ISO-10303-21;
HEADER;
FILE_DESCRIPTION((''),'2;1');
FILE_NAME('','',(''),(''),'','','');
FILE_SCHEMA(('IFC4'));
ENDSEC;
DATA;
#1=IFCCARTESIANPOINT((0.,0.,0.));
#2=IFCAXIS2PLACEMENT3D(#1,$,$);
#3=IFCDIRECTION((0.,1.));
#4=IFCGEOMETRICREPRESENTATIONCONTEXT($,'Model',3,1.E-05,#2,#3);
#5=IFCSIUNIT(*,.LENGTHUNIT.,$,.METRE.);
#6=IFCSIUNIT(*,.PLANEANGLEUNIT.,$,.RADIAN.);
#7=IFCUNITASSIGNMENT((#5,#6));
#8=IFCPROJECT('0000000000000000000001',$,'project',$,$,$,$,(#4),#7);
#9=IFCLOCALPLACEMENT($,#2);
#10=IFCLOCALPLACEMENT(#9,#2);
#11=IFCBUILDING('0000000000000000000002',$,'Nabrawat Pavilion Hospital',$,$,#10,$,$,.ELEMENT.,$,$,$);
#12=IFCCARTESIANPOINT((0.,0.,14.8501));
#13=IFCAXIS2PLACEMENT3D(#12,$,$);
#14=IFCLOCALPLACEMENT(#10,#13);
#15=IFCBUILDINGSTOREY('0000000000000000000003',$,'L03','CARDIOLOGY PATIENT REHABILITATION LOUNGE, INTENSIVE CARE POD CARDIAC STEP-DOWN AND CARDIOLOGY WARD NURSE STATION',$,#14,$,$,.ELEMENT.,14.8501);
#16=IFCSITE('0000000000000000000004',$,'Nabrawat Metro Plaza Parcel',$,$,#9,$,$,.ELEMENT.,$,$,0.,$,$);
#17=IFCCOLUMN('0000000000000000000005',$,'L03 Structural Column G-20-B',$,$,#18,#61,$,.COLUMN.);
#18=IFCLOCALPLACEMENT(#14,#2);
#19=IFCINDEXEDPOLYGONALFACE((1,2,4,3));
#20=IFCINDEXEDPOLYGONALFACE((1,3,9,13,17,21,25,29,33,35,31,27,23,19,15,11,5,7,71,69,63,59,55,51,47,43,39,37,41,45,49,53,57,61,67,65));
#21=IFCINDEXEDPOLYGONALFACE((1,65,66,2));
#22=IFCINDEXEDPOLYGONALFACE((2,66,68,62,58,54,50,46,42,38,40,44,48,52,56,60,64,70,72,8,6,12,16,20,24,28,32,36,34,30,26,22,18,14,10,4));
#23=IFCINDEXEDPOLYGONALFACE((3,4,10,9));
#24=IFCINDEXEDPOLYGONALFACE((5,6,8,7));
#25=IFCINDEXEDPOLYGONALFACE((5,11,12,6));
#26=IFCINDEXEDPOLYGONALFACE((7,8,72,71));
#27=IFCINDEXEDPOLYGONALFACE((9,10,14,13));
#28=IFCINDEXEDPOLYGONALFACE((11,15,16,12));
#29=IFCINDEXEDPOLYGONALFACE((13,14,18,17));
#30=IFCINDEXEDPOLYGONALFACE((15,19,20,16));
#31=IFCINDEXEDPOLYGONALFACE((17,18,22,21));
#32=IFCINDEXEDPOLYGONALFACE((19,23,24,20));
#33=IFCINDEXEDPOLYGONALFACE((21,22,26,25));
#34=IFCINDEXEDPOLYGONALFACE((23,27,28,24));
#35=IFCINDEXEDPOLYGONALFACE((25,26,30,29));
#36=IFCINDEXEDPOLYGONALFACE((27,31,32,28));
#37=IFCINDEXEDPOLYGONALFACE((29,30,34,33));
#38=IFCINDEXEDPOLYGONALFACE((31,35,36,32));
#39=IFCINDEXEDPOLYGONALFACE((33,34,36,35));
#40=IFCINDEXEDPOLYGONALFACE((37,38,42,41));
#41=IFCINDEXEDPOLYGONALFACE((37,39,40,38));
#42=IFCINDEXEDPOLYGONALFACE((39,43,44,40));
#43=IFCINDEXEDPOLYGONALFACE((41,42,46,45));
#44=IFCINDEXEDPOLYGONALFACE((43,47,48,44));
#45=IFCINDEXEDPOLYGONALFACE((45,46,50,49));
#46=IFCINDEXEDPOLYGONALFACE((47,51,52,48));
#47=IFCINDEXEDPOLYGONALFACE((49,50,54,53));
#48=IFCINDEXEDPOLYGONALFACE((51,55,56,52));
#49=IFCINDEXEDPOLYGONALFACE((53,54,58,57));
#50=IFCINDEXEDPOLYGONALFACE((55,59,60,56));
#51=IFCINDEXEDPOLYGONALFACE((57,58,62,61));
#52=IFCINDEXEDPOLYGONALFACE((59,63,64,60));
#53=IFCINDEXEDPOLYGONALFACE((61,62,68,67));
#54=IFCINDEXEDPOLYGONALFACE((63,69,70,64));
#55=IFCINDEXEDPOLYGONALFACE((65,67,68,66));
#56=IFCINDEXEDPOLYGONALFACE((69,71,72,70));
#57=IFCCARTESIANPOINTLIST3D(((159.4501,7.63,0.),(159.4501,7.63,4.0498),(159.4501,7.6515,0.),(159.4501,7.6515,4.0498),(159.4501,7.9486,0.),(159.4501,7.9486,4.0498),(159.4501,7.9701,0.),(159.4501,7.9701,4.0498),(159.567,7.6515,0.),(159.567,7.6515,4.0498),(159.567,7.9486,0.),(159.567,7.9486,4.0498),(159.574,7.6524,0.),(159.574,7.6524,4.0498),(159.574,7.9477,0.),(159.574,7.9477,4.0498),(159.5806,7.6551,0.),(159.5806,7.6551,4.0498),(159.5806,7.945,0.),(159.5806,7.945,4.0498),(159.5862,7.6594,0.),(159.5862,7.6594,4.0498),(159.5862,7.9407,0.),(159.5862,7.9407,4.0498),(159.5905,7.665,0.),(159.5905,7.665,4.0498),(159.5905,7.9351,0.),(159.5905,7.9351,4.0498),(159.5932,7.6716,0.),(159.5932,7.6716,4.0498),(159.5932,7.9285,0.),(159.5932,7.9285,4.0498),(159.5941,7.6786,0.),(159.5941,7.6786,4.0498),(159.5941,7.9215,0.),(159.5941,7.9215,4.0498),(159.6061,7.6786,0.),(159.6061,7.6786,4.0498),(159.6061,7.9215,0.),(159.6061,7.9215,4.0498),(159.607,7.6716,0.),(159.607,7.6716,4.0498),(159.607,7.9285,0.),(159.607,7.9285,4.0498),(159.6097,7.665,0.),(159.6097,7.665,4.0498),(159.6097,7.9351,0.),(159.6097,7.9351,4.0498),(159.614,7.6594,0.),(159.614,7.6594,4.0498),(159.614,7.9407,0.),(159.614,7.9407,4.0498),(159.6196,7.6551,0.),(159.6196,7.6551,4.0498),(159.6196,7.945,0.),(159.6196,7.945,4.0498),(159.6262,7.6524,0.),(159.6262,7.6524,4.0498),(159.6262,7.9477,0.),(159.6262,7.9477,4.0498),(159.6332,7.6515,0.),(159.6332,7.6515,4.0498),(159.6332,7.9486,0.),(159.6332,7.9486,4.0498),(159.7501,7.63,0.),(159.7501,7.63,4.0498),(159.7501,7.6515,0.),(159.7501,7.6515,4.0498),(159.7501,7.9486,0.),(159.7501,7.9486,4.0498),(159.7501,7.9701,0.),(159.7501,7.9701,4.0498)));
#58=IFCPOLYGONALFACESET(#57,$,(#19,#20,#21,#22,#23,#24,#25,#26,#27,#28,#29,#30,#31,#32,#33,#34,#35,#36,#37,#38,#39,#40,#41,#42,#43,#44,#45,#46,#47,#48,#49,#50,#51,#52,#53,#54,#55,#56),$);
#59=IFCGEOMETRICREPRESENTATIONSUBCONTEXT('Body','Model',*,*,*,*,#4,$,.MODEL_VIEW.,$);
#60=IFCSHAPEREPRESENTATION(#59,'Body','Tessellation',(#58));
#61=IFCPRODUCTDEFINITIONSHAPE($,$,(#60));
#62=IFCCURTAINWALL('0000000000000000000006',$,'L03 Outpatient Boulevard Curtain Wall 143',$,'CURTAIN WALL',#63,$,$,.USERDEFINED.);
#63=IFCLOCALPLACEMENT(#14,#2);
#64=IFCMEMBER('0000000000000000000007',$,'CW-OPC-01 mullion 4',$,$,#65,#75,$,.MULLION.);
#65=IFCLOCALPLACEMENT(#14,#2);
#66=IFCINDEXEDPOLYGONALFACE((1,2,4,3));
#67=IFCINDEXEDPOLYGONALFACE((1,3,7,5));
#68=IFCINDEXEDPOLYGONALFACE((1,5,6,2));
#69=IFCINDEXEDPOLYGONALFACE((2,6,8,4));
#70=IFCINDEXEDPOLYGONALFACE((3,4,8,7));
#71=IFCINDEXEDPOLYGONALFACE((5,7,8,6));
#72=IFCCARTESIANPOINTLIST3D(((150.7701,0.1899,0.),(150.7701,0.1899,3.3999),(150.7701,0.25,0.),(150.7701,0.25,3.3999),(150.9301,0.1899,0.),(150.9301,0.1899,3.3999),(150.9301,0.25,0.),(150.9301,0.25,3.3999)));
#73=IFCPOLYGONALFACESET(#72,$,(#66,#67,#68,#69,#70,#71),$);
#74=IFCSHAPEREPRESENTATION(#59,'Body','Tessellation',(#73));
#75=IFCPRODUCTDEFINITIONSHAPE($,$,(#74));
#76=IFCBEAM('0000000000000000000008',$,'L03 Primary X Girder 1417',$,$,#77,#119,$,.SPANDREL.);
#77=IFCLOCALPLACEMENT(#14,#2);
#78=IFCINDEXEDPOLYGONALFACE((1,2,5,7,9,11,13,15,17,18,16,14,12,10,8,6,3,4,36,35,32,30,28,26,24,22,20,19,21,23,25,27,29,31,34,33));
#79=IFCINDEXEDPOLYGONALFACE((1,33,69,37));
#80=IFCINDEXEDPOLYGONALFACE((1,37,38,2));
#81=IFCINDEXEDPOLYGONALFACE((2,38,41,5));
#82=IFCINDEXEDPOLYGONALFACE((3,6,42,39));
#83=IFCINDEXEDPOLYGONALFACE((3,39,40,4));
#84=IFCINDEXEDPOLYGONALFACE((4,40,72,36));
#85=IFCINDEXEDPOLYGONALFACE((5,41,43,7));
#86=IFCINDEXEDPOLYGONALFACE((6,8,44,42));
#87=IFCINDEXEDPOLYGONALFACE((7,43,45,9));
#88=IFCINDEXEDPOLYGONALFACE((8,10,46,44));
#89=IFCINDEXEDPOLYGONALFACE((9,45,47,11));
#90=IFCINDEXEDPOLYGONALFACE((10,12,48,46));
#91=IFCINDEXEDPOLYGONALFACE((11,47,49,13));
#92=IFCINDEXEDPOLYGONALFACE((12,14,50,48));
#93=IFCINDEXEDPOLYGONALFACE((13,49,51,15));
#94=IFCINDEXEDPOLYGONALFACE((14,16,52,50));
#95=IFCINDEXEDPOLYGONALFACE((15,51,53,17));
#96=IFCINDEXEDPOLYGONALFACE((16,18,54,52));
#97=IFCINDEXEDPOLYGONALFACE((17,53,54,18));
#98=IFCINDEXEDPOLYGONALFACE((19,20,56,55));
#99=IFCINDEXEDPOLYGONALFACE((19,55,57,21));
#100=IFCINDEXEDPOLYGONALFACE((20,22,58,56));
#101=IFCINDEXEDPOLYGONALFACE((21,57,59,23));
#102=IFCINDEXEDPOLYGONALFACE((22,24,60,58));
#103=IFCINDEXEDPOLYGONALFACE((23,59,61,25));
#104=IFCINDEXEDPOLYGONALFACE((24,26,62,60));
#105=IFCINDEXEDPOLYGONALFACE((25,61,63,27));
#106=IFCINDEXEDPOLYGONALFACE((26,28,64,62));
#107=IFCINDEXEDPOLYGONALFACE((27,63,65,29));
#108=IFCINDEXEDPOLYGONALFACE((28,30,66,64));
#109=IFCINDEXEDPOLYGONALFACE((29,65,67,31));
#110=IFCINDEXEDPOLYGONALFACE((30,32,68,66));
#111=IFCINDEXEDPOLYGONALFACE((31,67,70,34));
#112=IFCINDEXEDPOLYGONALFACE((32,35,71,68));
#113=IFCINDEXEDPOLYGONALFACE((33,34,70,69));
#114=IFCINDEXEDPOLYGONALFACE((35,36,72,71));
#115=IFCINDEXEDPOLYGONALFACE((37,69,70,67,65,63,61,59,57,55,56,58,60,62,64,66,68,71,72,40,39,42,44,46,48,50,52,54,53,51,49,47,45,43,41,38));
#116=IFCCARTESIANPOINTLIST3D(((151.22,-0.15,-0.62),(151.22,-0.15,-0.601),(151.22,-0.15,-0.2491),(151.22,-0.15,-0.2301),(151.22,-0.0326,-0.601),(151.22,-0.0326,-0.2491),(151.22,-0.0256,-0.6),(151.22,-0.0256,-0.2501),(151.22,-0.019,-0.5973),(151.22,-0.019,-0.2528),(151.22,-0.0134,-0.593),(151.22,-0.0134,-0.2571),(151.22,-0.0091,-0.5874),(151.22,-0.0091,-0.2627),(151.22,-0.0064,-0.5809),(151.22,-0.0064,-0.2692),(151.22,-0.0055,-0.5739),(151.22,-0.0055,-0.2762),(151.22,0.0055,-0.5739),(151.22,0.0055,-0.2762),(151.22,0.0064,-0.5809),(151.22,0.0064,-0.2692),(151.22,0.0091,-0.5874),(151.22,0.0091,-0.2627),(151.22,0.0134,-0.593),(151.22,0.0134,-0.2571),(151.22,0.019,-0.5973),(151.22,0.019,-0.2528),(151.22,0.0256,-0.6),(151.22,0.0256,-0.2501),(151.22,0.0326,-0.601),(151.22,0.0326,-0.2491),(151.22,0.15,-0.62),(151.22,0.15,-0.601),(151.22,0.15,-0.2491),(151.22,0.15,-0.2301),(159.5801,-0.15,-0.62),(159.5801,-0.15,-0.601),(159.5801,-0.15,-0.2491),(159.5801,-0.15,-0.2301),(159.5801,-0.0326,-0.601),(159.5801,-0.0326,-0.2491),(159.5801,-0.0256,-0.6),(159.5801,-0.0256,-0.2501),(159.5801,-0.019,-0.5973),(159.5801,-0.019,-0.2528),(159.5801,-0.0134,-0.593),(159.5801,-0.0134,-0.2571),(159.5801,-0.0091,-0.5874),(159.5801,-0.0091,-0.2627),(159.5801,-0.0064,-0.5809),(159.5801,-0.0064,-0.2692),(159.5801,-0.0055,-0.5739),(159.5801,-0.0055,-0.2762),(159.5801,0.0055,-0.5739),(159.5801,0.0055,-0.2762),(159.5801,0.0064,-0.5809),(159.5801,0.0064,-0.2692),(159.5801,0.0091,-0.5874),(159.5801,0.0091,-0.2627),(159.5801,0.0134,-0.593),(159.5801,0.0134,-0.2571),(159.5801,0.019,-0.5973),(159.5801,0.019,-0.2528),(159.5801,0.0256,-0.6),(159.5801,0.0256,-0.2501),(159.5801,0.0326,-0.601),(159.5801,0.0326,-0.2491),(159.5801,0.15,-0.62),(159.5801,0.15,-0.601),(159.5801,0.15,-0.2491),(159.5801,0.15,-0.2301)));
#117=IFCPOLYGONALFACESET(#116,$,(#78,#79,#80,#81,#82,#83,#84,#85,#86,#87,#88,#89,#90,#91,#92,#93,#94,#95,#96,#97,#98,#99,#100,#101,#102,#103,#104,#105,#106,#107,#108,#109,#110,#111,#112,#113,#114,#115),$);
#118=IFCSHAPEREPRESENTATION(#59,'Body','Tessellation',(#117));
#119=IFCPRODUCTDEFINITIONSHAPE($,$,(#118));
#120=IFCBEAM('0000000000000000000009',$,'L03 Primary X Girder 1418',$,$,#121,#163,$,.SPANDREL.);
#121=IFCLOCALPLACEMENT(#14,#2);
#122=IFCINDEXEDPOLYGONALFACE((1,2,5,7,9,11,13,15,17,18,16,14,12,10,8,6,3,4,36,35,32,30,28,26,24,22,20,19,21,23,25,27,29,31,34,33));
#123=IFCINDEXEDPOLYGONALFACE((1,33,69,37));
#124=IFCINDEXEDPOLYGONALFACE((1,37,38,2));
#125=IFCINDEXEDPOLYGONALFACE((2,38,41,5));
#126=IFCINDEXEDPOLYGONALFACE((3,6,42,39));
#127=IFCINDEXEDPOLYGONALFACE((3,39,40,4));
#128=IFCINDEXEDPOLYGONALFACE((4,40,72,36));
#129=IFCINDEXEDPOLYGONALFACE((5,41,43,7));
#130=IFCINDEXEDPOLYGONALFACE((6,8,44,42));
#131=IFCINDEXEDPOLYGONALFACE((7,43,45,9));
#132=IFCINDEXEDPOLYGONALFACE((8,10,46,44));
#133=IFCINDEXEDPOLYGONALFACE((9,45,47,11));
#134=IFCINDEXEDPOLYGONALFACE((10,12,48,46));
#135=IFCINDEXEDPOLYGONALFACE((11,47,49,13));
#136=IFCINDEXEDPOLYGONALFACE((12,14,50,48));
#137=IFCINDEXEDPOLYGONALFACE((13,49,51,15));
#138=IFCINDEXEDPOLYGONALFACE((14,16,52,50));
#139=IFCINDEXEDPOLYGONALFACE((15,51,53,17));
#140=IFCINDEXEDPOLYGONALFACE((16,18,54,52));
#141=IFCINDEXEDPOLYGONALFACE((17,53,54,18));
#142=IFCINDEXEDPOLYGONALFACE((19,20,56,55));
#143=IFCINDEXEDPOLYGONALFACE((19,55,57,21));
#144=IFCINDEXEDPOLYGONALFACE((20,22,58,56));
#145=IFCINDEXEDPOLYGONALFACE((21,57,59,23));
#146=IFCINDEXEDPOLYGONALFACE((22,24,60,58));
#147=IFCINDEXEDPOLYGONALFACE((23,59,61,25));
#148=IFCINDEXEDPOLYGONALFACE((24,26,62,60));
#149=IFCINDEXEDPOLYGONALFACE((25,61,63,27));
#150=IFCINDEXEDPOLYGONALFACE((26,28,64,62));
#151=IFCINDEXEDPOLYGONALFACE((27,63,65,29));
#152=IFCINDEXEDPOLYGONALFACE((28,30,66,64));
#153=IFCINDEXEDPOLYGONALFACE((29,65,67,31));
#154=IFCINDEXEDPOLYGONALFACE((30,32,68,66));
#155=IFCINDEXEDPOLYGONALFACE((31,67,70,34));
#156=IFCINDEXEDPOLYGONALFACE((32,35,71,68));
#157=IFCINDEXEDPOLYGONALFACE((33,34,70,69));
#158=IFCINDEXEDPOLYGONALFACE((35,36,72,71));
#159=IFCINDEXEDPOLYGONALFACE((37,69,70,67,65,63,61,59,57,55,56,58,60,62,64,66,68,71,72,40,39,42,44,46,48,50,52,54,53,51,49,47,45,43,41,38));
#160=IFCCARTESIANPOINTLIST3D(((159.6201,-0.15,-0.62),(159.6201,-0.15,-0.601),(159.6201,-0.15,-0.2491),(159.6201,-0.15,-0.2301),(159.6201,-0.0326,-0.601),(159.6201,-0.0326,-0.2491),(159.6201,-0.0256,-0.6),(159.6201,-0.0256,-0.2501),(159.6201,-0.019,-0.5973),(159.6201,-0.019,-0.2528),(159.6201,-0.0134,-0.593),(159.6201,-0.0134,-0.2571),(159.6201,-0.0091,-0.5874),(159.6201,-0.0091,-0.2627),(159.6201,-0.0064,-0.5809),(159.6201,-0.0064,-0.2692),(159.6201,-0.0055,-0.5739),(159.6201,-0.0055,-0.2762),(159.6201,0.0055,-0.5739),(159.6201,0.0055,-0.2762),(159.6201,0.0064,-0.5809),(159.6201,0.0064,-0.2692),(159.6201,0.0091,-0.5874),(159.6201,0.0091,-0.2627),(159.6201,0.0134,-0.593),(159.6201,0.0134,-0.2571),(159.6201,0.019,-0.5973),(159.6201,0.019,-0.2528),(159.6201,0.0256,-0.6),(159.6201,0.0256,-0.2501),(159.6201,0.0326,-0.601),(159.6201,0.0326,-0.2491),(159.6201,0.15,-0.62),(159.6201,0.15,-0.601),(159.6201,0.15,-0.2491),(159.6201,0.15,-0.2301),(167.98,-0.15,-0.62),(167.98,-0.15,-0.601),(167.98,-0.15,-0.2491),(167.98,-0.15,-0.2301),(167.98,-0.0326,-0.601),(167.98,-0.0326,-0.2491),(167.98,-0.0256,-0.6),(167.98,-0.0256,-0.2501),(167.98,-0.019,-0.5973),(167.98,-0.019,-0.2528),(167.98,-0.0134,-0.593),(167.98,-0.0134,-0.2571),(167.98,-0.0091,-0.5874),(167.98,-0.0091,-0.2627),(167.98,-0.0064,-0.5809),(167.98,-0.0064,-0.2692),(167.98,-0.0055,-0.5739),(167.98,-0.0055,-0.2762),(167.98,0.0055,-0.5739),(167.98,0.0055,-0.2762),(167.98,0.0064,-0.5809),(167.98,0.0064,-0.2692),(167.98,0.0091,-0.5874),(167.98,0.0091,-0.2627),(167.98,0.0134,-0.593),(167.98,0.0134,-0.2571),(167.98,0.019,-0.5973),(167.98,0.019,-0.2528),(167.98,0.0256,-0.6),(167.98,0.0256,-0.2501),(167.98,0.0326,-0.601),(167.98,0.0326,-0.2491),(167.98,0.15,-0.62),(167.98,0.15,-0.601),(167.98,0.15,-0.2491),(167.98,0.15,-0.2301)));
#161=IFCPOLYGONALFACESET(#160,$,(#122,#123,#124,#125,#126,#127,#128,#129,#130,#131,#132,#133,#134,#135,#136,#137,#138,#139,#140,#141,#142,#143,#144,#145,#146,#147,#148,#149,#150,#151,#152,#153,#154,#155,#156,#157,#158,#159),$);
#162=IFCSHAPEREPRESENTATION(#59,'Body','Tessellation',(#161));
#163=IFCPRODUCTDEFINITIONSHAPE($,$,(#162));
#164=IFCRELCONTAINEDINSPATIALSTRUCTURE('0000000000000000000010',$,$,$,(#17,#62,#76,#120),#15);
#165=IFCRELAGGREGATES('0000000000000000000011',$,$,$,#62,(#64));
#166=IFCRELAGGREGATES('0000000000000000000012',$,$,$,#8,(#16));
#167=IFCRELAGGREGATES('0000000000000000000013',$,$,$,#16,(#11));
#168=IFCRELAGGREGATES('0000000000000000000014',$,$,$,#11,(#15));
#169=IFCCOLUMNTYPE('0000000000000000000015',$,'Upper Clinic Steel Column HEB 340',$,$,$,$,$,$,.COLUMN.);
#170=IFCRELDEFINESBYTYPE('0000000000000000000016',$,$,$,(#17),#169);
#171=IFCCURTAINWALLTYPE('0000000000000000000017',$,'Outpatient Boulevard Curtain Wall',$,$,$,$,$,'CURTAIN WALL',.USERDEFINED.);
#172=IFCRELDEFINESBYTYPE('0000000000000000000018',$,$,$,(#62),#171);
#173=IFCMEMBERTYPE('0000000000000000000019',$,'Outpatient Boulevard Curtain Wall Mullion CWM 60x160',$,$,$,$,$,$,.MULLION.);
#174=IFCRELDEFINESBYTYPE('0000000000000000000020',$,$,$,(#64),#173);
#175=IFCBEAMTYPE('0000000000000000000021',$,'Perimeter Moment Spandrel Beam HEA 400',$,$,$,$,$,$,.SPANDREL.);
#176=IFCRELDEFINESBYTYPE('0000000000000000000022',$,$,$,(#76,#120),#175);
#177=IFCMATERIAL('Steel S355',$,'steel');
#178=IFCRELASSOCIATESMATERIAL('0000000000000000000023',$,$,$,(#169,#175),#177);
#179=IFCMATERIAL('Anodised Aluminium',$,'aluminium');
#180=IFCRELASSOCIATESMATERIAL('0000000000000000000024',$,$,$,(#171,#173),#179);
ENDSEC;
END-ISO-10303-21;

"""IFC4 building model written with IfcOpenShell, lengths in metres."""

from ifc_helpers import new_model, si_unit, direction, frame, origin, origin_2d, place, context, subcontext, project, spatial, rectangle, i_section, extrude, material, material_profile, profile_set, type_object, element, aggregate, save


model = new_model("IFC4")

# Units and contexts
model_context = context("Model", 3, precision=1e-05, world=origin(), true_north=direction((0.0, 1.0)))
body_context = subcontext(model_context, "Body", "Model", "MODEL_VIEW")
ifc_project = project(units=[si_unit("LENGTHUNIT", "METRE"), si_unit("PLANEANGLEUNIT", "RADIAN")], contexts=[model_context])

# Site, building, storey
site_placement = place(None, origin())
site = spatial("IfcSite", under=ifc_project, at=site_placement, Name="Nabrawat Metro Plaza Parcel", CompositionType="ELEMENT", RefElevation=0.0)
building_placement = place(site_placement, origin())
building = spatial("IfcBuilding", under=site, at=building_placement, Name="Nabrawat Pavilion Hospital", CompositionType="ELEMENT")
storey_placement = place(building_placement, frame((0.0, 0.0, 14.8501)))
storey = spatial("IfcBuildingStorey", under=building, at=storey_placement, Name="L03", Description="CARDIOLOGY PATIENT REHABILITATION LOUNGE, INTENSIVE CARE POD CARDIAC STEP-DOWN AND CARDIOLOGY WARD NURSE STATION", CompositionType="ELEMENT", Elevation=14.8501)

# Column
ifc_material_1 = material(Name="Steel S355", Category="steel")
ifc_material_profile_1 = material_profile(ifc_material_1, i_section(OverallWidth=0.3, OverallDepth=0.3401, WebThickness=0.012, FlangeThickness=0.0215, FilletRadius=0.0271, at=origin_2d()), Name="HEB 340")
ifc_profile_set_1 = profile_set([ifc_material_profile_1], Name="Steel S355")
column_type = type_object("IfcColumnType", Name="Upper Clinic Steel Column HEB 340", PredefinedType="COLUMN", material=ifc_profile_set_1)
for number, where, z_axis, x_axis, name in (
    (1, (159.6001, 7.8, 0.0), (0.0, 0.0, 1.0), (1.0, 0.0, 0.0), "L03 Structural Column G-20-B"),
):
    element("IfcColumn", number, at=place(storey_placement, frame(where, z_axis=z_axis, x_axis=x_axis)), inside=storey, type_object=column_type, Name=name, PredefinedType="COLUMN", context=body_context, shape_type="SweptSolid", body=[
        extrude(i_section(OverallWidth=0.3, OverallDepth=0.3401, WebThickness=0.012, FlangeThickness=0.0215, FilletRadius=0.0271, at=origin_2d()), origin(), (0.0, 0.0, 1.0), 4.0498),
    ])

# Curtain wall, member
ifc_material_2 = material(Name="Anodised Aluminium", Category="aluminium")
curtain_wall_type = type_object("IfcCurtainWallType", Name="Outpatient Boulevard Curtain Wall", ElementType="CURTAIN WALL", PredefinedType="USERDEFINED", material=ifc_material_2)
curtain_wall_placement = place(storey_placement, origin())
curtain_wall = element("IfcCurtainWall", 2, at=curtain_wall_placement, inside=storey, type_object=curtain_wall_type, Name="L03 Outpatient Boulevard Curtain Wall 143", ObjectType="CURTAIN WALL", PredefinedType="USERDEFINED")
ifc_material_profile_2 = material_profile(ifc_material_2, rectangle(XDim=0.0601, YDim=0.1599, at=origin_2d()), Name="CWM 60x160")
ifc_profile_set_2 = profile_set([ifc_material_profile_2], Name="Anodised Aluminium")
member_type = type_object("IfcMemberType", Name="Outpatient Boulevard Curtain Wall Mullion CWM 60x160", PredefinedType="MULLION", material=ifc_profile_set_2)
member_placement = place(storey_placement, frame((150.8501, 0.22, 0.0), z_axis=(0.0, 0.0, 1.0), x_axis=(0.0, 1.0, 0.0)))
member = element("IfcMember", 3, at=member_placement, type_object=member_type, Name="CW-OPC-01 mullion 4", PredefinedType="MULLION", context=body_context, shape_type="SweptSolid", body=[
    extrude(rectangle(XDim=0.0601, YDim=0.1599, at=origin_2d()), origin(), (0.0, 0.0, 1.0), 3.3999),
])
aggregate(curtain_wall, [member])

# Beams
ifc_material_profile_3 = material_profile(ifc_material_1, i_section(OverallWidth=0.3, OverallDepth=0.3899, WebThickness=0.011, FlangeThickness=0.019, FilletRadius=0.0271, at=origin_2d()), Name="HEA 400")
ifc_profile_set_3 = profile_set([ifc_material_profile_3], Name="Steel S355")
beam_type_1 = type_object("IfcBeamType", Name="Perimeter Moment Spandrel Beam HEA 400", PredefinedType="SPANDREL", material=ifc_profile_set_3)
beam_1_placement = place(storey_placement, frame((151.22, 0.0, -0.425), z_axis=(1.0, 0.0, 0.0), x_axis=(0.0, 1.0, 0.0)))
element("IfcBeam", 4, at=beam_1_placement, inside=storey, type_object=beam_type_1, Name="L03 Primary X Girder 1417", PredefinedType="SPANDREL", context=body_context, shape_type="SweptSolid", body=[
    extrude(i_section(OverallWidth=0.3, OverallDepth=0.3899, WebThickness=0.011, FlangeThickness=0.019, FilletRadius=0.0271, at=origin_2d()), origin(), (0.0, 0.0, 1.0), 8.3601),
])
beam_2_placement = place(storey_placement, frame((159.6201, 0.0, -0.425), z_axis=(1.0, 0.0, 0.0), x_axis=(0.0, 1.0, 0.0)))
element("IfcBeam", 5, at=beam_2_placement, inside=storey, type_object=beam_type_1, Name="L03 Primary X Girder 1418", PredefinedType="SPANDREL", context=body_context, shape_type="SweptSolid", body=[
    extrude(i_section(OverallWidth=0.3, OverallDepth=0.3899, WebThickness=0.011, FlangeThickness=0.019, FilletRadius=0.0271, at=origin_2d()), origin(), (0.0, 0.0, 1.0), 8.3599),
])

save(model, "model.ifc")
